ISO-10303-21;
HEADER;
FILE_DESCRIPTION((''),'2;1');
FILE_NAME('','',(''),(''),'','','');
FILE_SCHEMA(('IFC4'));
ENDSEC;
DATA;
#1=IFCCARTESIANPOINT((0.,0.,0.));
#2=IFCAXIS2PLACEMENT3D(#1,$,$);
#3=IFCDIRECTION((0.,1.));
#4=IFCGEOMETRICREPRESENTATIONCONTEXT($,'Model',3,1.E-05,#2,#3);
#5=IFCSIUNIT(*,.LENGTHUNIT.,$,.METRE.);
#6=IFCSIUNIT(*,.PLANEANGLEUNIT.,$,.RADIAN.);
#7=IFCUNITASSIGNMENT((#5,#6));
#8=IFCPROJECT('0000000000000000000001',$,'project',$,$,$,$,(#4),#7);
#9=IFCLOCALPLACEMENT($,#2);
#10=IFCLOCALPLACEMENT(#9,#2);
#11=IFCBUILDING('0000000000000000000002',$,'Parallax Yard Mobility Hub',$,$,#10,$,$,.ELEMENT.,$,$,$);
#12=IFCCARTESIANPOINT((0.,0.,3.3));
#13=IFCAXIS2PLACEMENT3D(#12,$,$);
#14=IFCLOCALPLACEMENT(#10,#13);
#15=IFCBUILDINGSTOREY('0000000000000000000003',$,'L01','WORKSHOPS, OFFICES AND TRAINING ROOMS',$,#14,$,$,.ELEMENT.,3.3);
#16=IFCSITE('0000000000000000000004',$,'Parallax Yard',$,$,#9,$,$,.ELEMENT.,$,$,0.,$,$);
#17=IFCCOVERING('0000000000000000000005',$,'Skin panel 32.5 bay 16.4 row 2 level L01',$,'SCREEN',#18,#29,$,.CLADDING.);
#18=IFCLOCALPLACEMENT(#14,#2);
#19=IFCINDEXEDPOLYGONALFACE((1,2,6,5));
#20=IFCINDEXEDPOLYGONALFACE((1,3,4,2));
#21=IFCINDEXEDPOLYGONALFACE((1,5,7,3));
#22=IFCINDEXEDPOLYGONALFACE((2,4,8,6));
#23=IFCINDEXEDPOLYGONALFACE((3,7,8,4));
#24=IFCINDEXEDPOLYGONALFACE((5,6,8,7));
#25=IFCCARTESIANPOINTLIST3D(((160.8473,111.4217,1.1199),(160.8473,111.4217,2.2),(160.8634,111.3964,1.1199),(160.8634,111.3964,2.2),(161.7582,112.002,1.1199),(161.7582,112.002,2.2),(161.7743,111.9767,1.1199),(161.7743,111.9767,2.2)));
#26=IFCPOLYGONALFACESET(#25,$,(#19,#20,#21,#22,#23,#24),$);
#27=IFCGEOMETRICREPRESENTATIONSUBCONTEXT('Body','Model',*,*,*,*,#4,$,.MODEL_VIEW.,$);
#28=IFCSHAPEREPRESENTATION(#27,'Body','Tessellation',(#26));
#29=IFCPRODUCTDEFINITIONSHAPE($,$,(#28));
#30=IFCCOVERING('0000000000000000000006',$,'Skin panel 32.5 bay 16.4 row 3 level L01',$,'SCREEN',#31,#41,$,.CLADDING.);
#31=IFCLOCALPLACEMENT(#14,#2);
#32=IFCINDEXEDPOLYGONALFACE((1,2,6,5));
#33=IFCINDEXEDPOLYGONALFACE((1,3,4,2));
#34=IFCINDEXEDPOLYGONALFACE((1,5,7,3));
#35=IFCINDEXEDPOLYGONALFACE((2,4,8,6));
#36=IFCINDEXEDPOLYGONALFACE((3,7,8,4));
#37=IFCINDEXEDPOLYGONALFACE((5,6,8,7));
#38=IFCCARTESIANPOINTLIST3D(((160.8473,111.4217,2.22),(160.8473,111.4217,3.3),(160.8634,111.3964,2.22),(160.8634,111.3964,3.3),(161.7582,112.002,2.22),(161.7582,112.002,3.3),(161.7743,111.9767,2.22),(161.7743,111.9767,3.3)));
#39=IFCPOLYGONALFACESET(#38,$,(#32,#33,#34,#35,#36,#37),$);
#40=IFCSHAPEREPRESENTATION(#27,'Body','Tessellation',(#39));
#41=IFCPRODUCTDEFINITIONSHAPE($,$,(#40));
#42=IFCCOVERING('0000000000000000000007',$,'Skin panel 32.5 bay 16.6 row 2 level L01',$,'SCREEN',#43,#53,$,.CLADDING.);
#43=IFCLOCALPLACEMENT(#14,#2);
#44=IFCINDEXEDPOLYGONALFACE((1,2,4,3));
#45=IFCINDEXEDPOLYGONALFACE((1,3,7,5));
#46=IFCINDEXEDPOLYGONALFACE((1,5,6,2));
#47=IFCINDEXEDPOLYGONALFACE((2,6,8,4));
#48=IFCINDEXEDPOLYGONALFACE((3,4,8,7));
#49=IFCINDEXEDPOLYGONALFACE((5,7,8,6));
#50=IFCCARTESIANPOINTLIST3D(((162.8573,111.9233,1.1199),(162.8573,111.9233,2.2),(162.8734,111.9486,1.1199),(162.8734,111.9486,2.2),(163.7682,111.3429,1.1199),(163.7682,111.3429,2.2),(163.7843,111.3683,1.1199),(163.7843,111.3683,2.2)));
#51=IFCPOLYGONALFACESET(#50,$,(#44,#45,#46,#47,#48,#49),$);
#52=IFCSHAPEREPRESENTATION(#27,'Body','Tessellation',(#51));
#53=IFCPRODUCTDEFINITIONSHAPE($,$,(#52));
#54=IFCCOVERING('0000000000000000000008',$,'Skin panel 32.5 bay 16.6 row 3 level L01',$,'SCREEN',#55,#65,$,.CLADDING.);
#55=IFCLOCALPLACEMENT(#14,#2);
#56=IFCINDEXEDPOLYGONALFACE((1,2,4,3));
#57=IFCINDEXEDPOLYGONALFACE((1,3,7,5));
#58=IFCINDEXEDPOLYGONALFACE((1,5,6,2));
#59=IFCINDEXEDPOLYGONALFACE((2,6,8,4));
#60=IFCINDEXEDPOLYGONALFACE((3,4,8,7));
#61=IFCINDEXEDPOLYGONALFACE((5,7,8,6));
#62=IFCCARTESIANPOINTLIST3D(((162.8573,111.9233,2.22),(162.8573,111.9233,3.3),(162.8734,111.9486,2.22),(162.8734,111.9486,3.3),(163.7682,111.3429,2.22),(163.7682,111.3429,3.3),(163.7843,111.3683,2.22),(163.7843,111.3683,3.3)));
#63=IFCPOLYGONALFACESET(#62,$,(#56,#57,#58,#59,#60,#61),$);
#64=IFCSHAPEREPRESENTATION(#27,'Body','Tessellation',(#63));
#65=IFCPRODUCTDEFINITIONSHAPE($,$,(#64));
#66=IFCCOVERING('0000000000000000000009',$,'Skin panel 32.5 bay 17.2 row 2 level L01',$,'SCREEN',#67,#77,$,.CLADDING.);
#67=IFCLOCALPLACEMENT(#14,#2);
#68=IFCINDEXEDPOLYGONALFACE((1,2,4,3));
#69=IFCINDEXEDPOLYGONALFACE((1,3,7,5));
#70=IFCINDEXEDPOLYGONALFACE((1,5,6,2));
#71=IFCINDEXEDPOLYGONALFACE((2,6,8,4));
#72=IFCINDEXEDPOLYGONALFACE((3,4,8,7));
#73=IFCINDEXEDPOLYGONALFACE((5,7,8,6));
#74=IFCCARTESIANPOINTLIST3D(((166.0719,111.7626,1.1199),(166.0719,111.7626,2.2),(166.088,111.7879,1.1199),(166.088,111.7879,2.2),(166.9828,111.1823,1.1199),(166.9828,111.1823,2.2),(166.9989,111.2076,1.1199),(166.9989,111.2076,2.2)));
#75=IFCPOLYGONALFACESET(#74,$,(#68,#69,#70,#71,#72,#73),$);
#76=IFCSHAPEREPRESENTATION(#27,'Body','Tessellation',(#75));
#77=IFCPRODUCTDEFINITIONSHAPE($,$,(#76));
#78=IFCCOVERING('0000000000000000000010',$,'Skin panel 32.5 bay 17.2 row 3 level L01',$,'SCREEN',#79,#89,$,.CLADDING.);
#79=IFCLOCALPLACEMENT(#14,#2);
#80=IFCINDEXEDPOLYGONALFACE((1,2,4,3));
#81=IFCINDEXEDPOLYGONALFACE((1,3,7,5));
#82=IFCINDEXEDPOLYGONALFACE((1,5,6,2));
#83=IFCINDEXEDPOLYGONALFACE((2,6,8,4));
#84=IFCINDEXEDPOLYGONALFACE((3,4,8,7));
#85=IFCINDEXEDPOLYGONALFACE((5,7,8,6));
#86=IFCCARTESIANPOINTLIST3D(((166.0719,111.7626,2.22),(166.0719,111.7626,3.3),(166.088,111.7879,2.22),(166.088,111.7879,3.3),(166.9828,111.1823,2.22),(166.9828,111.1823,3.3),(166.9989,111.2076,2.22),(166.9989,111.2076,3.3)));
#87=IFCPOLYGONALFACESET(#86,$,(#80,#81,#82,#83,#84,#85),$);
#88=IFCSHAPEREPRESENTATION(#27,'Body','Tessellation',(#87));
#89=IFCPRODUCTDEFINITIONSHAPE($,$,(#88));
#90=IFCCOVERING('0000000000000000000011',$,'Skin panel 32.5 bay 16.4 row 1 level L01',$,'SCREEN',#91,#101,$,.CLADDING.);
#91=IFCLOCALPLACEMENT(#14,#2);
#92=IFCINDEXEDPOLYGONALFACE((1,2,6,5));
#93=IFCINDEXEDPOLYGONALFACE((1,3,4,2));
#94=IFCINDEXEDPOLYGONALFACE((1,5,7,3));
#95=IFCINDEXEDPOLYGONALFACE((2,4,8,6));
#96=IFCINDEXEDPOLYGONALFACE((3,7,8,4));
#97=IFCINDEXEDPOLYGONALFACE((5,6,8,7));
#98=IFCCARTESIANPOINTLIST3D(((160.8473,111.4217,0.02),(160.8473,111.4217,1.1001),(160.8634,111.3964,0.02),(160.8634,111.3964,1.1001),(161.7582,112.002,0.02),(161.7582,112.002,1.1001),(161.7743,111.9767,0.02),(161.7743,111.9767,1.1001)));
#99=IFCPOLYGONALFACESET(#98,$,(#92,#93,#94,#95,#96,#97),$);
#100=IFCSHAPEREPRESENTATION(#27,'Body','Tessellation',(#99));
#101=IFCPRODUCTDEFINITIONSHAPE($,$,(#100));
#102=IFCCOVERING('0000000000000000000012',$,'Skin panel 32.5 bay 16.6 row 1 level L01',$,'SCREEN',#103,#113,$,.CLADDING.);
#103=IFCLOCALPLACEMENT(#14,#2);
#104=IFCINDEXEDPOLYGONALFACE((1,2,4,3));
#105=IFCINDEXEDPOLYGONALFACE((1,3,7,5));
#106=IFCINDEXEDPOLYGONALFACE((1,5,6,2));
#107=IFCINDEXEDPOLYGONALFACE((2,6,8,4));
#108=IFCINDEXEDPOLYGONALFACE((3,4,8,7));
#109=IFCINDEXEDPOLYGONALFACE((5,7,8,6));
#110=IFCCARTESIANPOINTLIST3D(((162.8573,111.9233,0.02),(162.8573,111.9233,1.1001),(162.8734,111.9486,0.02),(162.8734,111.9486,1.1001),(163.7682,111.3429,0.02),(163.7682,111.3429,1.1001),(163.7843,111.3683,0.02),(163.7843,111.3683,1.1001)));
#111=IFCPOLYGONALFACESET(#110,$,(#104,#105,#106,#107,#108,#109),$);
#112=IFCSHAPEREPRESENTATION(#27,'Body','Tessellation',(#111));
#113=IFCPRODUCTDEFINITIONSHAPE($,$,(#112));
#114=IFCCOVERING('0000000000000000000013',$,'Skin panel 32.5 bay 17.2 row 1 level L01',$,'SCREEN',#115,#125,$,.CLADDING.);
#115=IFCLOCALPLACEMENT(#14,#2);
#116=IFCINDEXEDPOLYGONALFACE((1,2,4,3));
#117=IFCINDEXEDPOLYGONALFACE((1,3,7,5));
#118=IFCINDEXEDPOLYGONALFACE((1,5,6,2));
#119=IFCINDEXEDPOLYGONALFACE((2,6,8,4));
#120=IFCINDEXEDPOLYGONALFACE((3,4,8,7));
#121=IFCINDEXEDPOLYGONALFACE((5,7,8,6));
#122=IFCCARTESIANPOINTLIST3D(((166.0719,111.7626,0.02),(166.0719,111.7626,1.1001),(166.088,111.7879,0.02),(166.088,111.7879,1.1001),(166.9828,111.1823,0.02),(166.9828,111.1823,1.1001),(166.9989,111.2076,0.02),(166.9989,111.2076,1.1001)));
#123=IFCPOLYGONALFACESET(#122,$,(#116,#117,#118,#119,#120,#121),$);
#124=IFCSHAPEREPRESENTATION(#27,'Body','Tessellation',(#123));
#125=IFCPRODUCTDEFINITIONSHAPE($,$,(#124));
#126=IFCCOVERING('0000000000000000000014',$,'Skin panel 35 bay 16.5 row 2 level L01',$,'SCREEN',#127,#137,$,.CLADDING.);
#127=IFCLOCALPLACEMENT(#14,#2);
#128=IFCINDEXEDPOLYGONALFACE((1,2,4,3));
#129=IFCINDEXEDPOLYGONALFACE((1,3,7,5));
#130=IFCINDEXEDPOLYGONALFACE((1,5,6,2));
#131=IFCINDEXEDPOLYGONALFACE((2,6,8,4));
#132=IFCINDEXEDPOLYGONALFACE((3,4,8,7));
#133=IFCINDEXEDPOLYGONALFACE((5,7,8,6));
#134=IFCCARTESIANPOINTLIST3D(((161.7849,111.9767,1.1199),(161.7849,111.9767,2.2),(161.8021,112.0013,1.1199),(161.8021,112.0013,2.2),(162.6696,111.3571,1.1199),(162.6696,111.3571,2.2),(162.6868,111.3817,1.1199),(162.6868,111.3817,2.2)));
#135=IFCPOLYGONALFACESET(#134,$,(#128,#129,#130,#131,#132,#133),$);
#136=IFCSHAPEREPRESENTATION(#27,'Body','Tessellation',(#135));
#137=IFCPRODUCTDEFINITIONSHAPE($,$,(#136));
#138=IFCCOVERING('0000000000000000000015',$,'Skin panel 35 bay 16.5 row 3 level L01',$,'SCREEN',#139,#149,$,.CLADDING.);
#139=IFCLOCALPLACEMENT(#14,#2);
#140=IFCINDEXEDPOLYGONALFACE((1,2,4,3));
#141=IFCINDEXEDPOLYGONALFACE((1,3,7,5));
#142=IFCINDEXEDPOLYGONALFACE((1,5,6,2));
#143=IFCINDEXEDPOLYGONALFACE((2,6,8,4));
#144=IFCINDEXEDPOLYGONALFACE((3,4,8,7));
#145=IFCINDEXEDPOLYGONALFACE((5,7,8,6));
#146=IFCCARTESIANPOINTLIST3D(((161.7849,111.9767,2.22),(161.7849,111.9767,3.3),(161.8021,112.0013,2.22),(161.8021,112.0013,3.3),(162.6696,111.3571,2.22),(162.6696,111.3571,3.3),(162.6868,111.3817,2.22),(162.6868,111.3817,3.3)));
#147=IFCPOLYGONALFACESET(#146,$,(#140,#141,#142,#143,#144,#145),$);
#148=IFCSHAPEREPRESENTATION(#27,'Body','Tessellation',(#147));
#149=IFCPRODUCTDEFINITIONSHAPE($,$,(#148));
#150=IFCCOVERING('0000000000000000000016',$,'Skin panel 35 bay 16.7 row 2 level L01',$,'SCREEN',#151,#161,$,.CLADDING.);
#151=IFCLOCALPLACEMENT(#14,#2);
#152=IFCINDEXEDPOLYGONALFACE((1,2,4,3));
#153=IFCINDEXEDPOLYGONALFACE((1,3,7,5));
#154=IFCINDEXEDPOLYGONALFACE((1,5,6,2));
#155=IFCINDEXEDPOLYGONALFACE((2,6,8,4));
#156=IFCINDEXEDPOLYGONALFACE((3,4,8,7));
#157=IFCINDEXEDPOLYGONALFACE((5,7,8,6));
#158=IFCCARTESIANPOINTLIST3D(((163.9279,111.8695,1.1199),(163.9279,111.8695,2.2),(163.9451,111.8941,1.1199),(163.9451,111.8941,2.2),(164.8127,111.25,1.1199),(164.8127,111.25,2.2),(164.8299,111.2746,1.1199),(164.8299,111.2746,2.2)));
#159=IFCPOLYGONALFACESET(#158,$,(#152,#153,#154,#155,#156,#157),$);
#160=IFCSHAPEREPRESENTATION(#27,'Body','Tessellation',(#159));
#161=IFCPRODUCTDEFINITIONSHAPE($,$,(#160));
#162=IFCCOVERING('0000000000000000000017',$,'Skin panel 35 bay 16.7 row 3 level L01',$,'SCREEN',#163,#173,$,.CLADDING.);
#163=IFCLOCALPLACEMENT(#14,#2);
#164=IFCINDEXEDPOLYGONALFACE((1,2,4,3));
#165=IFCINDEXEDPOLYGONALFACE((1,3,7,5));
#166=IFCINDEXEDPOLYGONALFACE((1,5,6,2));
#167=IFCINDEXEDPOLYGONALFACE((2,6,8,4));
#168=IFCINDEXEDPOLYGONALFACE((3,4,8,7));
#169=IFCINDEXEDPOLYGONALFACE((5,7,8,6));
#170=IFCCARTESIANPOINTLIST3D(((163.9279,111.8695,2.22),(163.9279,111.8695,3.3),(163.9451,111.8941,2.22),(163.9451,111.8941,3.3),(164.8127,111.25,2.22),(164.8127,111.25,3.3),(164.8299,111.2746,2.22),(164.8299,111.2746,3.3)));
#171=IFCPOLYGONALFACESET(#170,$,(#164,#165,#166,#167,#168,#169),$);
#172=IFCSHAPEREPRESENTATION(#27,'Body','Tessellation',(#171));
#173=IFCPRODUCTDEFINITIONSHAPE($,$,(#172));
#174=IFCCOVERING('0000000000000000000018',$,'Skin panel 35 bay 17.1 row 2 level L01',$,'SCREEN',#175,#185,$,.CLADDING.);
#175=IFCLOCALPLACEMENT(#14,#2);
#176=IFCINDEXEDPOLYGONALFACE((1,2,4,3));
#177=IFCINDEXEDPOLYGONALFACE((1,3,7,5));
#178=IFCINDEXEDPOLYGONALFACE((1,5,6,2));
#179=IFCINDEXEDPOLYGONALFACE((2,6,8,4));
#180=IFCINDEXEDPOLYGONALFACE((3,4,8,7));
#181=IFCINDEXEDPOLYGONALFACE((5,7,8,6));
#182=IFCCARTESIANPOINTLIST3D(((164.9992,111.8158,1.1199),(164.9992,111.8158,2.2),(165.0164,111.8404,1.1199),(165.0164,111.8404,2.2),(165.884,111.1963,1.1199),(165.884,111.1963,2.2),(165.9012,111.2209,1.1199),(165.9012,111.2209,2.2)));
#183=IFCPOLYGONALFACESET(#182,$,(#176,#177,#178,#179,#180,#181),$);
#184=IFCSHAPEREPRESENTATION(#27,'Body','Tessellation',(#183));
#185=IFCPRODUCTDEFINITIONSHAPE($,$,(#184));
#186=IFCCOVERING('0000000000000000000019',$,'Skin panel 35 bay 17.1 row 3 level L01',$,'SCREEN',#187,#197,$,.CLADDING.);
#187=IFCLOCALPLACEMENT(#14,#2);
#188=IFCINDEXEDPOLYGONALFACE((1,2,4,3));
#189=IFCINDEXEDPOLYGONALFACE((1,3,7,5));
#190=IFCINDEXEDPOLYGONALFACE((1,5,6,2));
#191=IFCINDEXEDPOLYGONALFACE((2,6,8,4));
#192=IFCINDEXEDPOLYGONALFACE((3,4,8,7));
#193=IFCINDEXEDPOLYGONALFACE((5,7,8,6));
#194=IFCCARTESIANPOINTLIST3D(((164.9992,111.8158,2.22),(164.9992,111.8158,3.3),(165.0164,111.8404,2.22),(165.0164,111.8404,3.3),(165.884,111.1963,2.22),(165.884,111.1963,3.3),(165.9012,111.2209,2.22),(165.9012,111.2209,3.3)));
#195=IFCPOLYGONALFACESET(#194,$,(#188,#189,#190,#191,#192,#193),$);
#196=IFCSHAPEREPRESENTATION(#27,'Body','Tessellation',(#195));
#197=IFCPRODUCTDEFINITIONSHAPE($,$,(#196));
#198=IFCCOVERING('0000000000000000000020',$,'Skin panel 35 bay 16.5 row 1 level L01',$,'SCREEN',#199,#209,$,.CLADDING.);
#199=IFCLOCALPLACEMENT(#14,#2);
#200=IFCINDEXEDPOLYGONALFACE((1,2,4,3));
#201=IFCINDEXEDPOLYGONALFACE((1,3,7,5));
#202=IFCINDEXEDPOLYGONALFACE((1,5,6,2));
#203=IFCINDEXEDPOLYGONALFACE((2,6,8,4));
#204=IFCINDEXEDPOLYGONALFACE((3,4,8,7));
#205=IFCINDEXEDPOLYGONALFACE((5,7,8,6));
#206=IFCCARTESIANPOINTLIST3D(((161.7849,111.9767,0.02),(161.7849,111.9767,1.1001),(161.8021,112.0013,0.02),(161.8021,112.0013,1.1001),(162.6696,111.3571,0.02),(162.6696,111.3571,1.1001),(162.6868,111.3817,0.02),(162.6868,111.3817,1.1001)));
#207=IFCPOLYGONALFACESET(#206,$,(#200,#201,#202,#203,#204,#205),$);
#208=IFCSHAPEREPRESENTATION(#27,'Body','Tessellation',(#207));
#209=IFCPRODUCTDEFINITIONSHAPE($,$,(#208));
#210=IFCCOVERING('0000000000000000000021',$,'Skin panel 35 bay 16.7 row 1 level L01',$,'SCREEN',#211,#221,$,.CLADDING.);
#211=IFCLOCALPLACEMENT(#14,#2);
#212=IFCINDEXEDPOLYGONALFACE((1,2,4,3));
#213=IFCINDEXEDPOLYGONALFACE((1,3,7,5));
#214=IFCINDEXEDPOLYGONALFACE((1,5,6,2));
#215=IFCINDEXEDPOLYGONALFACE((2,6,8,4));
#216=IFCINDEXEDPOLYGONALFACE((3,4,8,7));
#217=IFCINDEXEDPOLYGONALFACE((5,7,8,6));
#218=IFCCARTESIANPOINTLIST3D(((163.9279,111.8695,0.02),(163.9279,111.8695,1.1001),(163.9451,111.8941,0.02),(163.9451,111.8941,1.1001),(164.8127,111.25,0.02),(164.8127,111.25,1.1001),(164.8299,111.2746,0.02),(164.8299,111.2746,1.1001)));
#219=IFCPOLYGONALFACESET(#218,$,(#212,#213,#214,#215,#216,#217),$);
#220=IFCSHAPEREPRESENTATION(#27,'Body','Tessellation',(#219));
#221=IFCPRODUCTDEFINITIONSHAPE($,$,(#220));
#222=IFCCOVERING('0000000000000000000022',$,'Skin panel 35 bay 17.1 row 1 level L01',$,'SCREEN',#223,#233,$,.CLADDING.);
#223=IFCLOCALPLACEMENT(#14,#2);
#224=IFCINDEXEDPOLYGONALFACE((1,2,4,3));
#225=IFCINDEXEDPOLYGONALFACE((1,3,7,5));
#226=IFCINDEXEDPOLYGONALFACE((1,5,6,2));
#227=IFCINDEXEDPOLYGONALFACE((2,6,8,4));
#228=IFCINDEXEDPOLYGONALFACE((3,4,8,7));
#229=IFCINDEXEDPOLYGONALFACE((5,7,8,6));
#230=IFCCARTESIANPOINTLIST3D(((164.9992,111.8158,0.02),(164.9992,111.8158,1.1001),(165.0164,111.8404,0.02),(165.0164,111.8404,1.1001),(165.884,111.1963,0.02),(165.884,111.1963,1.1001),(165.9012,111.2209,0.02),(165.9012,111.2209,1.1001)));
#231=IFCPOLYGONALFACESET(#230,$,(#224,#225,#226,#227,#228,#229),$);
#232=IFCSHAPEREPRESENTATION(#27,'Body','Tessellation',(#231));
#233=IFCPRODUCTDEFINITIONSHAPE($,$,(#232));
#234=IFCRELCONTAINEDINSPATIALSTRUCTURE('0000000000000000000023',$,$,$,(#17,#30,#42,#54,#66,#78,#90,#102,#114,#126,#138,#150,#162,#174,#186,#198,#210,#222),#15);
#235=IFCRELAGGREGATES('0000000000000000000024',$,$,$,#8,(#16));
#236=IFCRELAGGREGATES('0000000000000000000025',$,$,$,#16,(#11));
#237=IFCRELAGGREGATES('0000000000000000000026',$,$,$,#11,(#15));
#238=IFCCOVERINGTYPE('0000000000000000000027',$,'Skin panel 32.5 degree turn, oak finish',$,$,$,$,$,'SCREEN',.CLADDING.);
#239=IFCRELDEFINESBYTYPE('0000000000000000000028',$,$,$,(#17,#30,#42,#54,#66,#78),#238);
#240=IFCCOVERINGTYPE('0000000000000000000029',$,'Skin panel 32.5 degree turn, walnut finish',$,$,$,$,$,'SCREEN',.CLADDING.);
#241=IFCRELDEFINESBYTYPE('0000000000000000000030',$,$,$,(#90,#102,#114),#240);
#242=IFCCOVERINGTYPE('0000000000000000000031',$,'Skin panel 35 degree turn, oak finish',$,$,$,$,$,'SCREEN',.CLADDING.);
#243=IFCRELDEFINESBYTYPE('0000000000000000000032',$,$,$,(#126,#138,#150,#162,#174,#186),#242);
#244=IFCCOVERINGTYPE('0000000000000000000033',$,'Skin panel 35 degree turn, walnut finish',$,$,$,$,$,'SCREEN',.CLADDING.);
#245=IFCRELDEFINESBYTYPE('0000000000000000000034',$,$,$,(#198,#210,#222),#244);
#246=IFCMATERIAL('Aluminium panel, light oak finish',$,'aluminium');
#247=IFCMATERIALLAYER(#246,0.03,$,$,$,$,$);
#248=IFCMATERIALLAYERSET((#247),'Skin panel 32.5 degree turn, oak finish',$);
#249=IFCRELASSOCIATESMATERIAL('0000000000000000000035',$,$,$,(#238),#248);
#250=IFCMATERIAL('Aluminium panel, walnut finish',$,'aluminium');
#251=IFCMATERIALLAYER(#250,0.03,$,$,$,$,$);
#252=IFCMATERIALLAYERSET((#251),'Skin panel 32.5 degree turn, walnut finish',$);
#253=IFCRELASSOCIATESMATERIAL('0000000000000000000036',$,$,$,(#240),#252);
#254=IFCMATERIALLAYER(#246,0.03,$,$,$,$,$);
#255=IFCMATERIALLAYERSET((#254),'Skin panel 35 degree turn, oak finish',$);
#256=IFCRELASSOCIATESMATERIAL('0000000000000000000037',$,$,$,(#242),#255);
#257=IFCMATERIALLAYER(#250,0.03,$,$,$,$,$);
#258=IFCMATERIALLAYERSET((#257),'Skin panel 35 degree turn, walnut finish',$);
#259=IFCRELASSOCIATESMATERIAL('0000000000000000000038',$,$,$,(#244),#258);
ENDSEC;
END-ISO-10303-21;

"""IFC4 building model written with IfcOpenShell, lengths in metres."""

from ifc_helpers import new_model, si_unit, direction, frame, origin, origin_2d, place, context, subcontext, project, spatial, rectangle, extrude, material, layer, layer_set, type_object, element, save


model = new_model("IFC4")

# Units and contexts
model_context = context("Model", 3, precision=1e-05, world=origin(), true_north=direction((0.0, 1.0)))
body_context = subcontext(model_context, "Body", "Model", "MODEL_VIEW")
ifc_project = project(units=[si_unit("LENGTHUNIT", "METRE"), si_unit("PLANEANGLEUNIT", "RADIAN")], contexts=[model_context])

# Site, building, storey
site_placement = place(None, origin())
site = spatial("IfcSite", under=ifc_project, at=site_placement, Name="Parallax Yard", CompositionType="ELEMENT", RefElevation=0.0)
building_placement = place(site_placement, origin())
building = spatial("IfcBuilding", under=site, at=building_placement, Name="Parallax Yard Mobility Hub", CompositionType="ELEMENT")
storey_placement = place(building_placement, frame((0.0, 0.0, 3.3)))
storey = spatial("IfcBuildingStorey", under=building, at=storey_placement, Name="L01", Description="WORKSHOPS, OFFICES AND TRAINING ROOMS", CompositionType="ELEMENT", Elevation=3.3)

# Coverings
ifc_material_1 = material(Name="Aluminium panel, light oak finish", Category="aluminium")
ifc_layer_1 = layer(ifc_material_1, 0.03)
ifc_layer_set_1 = layer_set([ifc_layer_1], Name="Skin panel 32.5 degree turn, oak finish")
covering_type_1 = type_object("IfcCoveringType", Name="Skin panel 32.5 degree turn, oak finish", ElementType="SCREEN", PredefinedType="CLADDING", material=ifc_layer_set_1)
for number, where, z_axis, x_axis, name in (
    (1, (161.3108, 111.6992, 1.1199), (0.0, 0.0, 1.0), (-0.843391, -0.5373, 0.0), "Skin panel 32.5 bay 16.4 row 2 level L01"),
    (2, (161.3108, 111.6992, 2.22), (0.0, 0.0, 1.0), (-0.843391, -0.5373, 0.0), "Skin panel 32.5 bay 16.4 row 3 level L01"),
    (3, (163.3208, 111.6458, 1.1199), (0.0, 0.0, 1.0), (0.843391, -0.5373, 0.0), "Skin panel 32.5 bay 16.6 row 2 level L01"),
    (4, (163.3208, 111.6458, 2.22), (0.0, 0.0, 1.0), (0.843391, -0.5373, 0.0), "Skin panel 32.5 bay 16.6 row 3 level L01"),
    (5, (166.5354, 111.4851, 1.1199), (0.0, 0.0, 1.0), (0.843391, -0.5373, 0.0), "Skin panel 32.5 bay 17.2 row 2 level L01"),
    (6, (166.5354, 111.4851, 2.22), (0.0, 0.0, 1.0), (0.843391, -0.5373, 0.0), "Skin panel 32.5 bay 17.2 row 3 level L01"),
):
    element("IfcCovering", number, at=place(storey_placement, frame(where, z_axis=z_axis, x_axis=x_axis)), inside=storey, type_object=covering_type_1, Name=name, ObjectType="SCREEN", PredefinedType="CLADDING", context=body_context, shape_type="SweptSolid", body=[
        extrude(rectangle(XDim=1.0801, YDim=0.03, at=origin_2d()), origin(), (0.0, 0.0, 1.0), 1.0801),
    ])
ifc_material_2 = material(Name="Aluminium panel, walnut finish", Category="aluminium")
ifc_layer_2 = layer(ifc_material_2, 0.03)
ifc_layer_set_2 = layer_set([ifc_layer_2], Name="Skin panel 32.5 degree turn, walnut finish")
covering_type_2 = type_object("IfcCoveringType", Name="Skin panel 32.5 degree turn, walnut finish", ElementType="SCREEN", PredefinedType="CLADDING", material=ifc_layer_set_2)
for number, where, z_axis, x_axis, name in (
    (7, (161.3108, 111.6992, 0.02), (0.0, 0.0, 1.0), (-0.843391, -0.5373, 0.0), "Skin panel 32.5 bay 16.4 row 1 level L01"),
    (8, (163.3208, 111.6458, 0.02), (0.0, 0.0, 1.0), (0.843391, -0.5373, 0.0), "Skin panel 32.5 bay 16.6 row 1 level L01"),
    (9, (166.5354, 111.4851, 0.02), (0.0, 0.0, 1.0), (0.843391, -0.5373, 0.0), "Skin panel 32.5 bay 17.2 row 1 level L01"),
):
    element("IfcCovering", number, at=place(storey_placement, frame(where, z_axis=z_axis, x_axis=x_axis)), inside=storey, type_object=covering_type_2, Name=name, ObjectType="SCREEN", PredefinedType="CLADDING", context=body_context, shape_type="SweptSolid", body=[
        extrude(rectangle(XDim=1.0801, YDim=0.03, at=origin_2d()), origin(), (0.0, 0.0, 1.0), 1.0801),
    ])
ifc_layer_3 = layer(ifc_material_1, 0.03)
ifc_layer_set_3 = layer_set([ifc_layer_3], Name="Skin panel 35 degree turn, oak finish")
covering_type_3 = type_object("IfcCoveringType", Name="Skin panel 35 degree turn, oak finish", ElementType="SCREEN", PredefinedType="CLADDING", material=ifc_layer_set_3)
for number, where, z_axis, x_axis, name in (
    (10, (162.2358, 111.6792, 1.1199), (0.0, 0.0, 1.0), (0.819152, -0.573576, 0.0), "Skin panel 35 bay 16.5 row 2 level L01"),
    (11, (162.2358, 111.6792, 2.22), (0.0, 0.0, 1.0), (0.819152, -0.573576, 0.0), "Skin panel 35 bay 16.5 row 3 level L01"),
    (12, (164.3789, 111.572, 1.1199), (0.0, 0.0, 1.0), (0.819152, -0.573576, 0.0), "Skin panel 35 bay 16.7 row 2 level L01"),
    (13, (164.3789, 111.572, 2.22), (0.0, 0.0, 1.0), (0.819152, -0.573576, 0.0), "Skin panel 35 bay 16.7 row 3 level L01"),
    (14, (165.4502, 111.5183, 1.1199), (0.0, 0.0, 1.0), (0.819152, -0.573576, 0.0), "Skin panel 35 bay 17.1 row 2 level L01"),
    (15, (165.4502, 111.5183, 2.22), (0.0, 0.0, 1.0), (0.819152, -0.573576, 0.0), "Skin panel 35 bay 17.1 row 3 level L01"),
):
    element("IfcCovering", number, at=place(storey_placement, frame(where, z_axis=z_axis, x_axis=x_axis)), inside=storey, type_object=covering_type_3, Name=name, ObjectType="SCREEN", PredefinedType="CLADDING", context=body_context, shape_type="SweptSolid", body=[
        extrude(rectangle(XDim=1.0801, YDim=0.03, at=origin_2d()), origin(), (0.0, 0.0, 1.0), 1.0801),
    ])
ifc_layer_4 = layer(ifc_material_2, 0.03)
ifc_layer_set_4 = layer_set([ifc_layer_4], Name="Skin panel 35 degree turn, walnut finish")
covering_type_4 = type_object("IfcCoveringType", Name="Skin panel 35 degree turn, walnut finish", ElementType="SCREEN", PredefinedType="CLADDING", material=ifc_layer_set_4)
for number, where, z_axis, x_axis, name in (
    (16, (162.2358, 111.6792, 0.02), (0.0, 0.0, 1.0), (0.819152, -0.573576, 0.0), "Skin panel 35 bay 16.5 row 1 level L01"),
    (17, (164.3789, 111.572, 0.02), (0.0, 0.0, 1.0), (0.819152, -0.573576, 0.0), "Skin panel 35 bay 16.7 row 1 level L01"),
    (18, (165.4502, 111.5183, 0.02), (0.0, 0.0, 1.0), (0.819152, -0.573576, 0.0), "Skin panel 35 bay 17.1 row 1 level L01"),
):
    element("IfcCovering", number, at=place(storey_placement, frame(where, z_axis=z_axis, x_axis=x_axis)), inside=storey, type_object=covering_type_4, Name=name, ObjectType="SCREEN", PredefinedType="CLADDING", context=body_context, shape_type="SweptSolid", body=[
        extrude(rectangle(XDim=1.0801, YDim=0.03, at=origin_2d()), origin(), (0.0, 0.0, 1.0), 1.0801),
    ])

save(model, "model.ifc")
